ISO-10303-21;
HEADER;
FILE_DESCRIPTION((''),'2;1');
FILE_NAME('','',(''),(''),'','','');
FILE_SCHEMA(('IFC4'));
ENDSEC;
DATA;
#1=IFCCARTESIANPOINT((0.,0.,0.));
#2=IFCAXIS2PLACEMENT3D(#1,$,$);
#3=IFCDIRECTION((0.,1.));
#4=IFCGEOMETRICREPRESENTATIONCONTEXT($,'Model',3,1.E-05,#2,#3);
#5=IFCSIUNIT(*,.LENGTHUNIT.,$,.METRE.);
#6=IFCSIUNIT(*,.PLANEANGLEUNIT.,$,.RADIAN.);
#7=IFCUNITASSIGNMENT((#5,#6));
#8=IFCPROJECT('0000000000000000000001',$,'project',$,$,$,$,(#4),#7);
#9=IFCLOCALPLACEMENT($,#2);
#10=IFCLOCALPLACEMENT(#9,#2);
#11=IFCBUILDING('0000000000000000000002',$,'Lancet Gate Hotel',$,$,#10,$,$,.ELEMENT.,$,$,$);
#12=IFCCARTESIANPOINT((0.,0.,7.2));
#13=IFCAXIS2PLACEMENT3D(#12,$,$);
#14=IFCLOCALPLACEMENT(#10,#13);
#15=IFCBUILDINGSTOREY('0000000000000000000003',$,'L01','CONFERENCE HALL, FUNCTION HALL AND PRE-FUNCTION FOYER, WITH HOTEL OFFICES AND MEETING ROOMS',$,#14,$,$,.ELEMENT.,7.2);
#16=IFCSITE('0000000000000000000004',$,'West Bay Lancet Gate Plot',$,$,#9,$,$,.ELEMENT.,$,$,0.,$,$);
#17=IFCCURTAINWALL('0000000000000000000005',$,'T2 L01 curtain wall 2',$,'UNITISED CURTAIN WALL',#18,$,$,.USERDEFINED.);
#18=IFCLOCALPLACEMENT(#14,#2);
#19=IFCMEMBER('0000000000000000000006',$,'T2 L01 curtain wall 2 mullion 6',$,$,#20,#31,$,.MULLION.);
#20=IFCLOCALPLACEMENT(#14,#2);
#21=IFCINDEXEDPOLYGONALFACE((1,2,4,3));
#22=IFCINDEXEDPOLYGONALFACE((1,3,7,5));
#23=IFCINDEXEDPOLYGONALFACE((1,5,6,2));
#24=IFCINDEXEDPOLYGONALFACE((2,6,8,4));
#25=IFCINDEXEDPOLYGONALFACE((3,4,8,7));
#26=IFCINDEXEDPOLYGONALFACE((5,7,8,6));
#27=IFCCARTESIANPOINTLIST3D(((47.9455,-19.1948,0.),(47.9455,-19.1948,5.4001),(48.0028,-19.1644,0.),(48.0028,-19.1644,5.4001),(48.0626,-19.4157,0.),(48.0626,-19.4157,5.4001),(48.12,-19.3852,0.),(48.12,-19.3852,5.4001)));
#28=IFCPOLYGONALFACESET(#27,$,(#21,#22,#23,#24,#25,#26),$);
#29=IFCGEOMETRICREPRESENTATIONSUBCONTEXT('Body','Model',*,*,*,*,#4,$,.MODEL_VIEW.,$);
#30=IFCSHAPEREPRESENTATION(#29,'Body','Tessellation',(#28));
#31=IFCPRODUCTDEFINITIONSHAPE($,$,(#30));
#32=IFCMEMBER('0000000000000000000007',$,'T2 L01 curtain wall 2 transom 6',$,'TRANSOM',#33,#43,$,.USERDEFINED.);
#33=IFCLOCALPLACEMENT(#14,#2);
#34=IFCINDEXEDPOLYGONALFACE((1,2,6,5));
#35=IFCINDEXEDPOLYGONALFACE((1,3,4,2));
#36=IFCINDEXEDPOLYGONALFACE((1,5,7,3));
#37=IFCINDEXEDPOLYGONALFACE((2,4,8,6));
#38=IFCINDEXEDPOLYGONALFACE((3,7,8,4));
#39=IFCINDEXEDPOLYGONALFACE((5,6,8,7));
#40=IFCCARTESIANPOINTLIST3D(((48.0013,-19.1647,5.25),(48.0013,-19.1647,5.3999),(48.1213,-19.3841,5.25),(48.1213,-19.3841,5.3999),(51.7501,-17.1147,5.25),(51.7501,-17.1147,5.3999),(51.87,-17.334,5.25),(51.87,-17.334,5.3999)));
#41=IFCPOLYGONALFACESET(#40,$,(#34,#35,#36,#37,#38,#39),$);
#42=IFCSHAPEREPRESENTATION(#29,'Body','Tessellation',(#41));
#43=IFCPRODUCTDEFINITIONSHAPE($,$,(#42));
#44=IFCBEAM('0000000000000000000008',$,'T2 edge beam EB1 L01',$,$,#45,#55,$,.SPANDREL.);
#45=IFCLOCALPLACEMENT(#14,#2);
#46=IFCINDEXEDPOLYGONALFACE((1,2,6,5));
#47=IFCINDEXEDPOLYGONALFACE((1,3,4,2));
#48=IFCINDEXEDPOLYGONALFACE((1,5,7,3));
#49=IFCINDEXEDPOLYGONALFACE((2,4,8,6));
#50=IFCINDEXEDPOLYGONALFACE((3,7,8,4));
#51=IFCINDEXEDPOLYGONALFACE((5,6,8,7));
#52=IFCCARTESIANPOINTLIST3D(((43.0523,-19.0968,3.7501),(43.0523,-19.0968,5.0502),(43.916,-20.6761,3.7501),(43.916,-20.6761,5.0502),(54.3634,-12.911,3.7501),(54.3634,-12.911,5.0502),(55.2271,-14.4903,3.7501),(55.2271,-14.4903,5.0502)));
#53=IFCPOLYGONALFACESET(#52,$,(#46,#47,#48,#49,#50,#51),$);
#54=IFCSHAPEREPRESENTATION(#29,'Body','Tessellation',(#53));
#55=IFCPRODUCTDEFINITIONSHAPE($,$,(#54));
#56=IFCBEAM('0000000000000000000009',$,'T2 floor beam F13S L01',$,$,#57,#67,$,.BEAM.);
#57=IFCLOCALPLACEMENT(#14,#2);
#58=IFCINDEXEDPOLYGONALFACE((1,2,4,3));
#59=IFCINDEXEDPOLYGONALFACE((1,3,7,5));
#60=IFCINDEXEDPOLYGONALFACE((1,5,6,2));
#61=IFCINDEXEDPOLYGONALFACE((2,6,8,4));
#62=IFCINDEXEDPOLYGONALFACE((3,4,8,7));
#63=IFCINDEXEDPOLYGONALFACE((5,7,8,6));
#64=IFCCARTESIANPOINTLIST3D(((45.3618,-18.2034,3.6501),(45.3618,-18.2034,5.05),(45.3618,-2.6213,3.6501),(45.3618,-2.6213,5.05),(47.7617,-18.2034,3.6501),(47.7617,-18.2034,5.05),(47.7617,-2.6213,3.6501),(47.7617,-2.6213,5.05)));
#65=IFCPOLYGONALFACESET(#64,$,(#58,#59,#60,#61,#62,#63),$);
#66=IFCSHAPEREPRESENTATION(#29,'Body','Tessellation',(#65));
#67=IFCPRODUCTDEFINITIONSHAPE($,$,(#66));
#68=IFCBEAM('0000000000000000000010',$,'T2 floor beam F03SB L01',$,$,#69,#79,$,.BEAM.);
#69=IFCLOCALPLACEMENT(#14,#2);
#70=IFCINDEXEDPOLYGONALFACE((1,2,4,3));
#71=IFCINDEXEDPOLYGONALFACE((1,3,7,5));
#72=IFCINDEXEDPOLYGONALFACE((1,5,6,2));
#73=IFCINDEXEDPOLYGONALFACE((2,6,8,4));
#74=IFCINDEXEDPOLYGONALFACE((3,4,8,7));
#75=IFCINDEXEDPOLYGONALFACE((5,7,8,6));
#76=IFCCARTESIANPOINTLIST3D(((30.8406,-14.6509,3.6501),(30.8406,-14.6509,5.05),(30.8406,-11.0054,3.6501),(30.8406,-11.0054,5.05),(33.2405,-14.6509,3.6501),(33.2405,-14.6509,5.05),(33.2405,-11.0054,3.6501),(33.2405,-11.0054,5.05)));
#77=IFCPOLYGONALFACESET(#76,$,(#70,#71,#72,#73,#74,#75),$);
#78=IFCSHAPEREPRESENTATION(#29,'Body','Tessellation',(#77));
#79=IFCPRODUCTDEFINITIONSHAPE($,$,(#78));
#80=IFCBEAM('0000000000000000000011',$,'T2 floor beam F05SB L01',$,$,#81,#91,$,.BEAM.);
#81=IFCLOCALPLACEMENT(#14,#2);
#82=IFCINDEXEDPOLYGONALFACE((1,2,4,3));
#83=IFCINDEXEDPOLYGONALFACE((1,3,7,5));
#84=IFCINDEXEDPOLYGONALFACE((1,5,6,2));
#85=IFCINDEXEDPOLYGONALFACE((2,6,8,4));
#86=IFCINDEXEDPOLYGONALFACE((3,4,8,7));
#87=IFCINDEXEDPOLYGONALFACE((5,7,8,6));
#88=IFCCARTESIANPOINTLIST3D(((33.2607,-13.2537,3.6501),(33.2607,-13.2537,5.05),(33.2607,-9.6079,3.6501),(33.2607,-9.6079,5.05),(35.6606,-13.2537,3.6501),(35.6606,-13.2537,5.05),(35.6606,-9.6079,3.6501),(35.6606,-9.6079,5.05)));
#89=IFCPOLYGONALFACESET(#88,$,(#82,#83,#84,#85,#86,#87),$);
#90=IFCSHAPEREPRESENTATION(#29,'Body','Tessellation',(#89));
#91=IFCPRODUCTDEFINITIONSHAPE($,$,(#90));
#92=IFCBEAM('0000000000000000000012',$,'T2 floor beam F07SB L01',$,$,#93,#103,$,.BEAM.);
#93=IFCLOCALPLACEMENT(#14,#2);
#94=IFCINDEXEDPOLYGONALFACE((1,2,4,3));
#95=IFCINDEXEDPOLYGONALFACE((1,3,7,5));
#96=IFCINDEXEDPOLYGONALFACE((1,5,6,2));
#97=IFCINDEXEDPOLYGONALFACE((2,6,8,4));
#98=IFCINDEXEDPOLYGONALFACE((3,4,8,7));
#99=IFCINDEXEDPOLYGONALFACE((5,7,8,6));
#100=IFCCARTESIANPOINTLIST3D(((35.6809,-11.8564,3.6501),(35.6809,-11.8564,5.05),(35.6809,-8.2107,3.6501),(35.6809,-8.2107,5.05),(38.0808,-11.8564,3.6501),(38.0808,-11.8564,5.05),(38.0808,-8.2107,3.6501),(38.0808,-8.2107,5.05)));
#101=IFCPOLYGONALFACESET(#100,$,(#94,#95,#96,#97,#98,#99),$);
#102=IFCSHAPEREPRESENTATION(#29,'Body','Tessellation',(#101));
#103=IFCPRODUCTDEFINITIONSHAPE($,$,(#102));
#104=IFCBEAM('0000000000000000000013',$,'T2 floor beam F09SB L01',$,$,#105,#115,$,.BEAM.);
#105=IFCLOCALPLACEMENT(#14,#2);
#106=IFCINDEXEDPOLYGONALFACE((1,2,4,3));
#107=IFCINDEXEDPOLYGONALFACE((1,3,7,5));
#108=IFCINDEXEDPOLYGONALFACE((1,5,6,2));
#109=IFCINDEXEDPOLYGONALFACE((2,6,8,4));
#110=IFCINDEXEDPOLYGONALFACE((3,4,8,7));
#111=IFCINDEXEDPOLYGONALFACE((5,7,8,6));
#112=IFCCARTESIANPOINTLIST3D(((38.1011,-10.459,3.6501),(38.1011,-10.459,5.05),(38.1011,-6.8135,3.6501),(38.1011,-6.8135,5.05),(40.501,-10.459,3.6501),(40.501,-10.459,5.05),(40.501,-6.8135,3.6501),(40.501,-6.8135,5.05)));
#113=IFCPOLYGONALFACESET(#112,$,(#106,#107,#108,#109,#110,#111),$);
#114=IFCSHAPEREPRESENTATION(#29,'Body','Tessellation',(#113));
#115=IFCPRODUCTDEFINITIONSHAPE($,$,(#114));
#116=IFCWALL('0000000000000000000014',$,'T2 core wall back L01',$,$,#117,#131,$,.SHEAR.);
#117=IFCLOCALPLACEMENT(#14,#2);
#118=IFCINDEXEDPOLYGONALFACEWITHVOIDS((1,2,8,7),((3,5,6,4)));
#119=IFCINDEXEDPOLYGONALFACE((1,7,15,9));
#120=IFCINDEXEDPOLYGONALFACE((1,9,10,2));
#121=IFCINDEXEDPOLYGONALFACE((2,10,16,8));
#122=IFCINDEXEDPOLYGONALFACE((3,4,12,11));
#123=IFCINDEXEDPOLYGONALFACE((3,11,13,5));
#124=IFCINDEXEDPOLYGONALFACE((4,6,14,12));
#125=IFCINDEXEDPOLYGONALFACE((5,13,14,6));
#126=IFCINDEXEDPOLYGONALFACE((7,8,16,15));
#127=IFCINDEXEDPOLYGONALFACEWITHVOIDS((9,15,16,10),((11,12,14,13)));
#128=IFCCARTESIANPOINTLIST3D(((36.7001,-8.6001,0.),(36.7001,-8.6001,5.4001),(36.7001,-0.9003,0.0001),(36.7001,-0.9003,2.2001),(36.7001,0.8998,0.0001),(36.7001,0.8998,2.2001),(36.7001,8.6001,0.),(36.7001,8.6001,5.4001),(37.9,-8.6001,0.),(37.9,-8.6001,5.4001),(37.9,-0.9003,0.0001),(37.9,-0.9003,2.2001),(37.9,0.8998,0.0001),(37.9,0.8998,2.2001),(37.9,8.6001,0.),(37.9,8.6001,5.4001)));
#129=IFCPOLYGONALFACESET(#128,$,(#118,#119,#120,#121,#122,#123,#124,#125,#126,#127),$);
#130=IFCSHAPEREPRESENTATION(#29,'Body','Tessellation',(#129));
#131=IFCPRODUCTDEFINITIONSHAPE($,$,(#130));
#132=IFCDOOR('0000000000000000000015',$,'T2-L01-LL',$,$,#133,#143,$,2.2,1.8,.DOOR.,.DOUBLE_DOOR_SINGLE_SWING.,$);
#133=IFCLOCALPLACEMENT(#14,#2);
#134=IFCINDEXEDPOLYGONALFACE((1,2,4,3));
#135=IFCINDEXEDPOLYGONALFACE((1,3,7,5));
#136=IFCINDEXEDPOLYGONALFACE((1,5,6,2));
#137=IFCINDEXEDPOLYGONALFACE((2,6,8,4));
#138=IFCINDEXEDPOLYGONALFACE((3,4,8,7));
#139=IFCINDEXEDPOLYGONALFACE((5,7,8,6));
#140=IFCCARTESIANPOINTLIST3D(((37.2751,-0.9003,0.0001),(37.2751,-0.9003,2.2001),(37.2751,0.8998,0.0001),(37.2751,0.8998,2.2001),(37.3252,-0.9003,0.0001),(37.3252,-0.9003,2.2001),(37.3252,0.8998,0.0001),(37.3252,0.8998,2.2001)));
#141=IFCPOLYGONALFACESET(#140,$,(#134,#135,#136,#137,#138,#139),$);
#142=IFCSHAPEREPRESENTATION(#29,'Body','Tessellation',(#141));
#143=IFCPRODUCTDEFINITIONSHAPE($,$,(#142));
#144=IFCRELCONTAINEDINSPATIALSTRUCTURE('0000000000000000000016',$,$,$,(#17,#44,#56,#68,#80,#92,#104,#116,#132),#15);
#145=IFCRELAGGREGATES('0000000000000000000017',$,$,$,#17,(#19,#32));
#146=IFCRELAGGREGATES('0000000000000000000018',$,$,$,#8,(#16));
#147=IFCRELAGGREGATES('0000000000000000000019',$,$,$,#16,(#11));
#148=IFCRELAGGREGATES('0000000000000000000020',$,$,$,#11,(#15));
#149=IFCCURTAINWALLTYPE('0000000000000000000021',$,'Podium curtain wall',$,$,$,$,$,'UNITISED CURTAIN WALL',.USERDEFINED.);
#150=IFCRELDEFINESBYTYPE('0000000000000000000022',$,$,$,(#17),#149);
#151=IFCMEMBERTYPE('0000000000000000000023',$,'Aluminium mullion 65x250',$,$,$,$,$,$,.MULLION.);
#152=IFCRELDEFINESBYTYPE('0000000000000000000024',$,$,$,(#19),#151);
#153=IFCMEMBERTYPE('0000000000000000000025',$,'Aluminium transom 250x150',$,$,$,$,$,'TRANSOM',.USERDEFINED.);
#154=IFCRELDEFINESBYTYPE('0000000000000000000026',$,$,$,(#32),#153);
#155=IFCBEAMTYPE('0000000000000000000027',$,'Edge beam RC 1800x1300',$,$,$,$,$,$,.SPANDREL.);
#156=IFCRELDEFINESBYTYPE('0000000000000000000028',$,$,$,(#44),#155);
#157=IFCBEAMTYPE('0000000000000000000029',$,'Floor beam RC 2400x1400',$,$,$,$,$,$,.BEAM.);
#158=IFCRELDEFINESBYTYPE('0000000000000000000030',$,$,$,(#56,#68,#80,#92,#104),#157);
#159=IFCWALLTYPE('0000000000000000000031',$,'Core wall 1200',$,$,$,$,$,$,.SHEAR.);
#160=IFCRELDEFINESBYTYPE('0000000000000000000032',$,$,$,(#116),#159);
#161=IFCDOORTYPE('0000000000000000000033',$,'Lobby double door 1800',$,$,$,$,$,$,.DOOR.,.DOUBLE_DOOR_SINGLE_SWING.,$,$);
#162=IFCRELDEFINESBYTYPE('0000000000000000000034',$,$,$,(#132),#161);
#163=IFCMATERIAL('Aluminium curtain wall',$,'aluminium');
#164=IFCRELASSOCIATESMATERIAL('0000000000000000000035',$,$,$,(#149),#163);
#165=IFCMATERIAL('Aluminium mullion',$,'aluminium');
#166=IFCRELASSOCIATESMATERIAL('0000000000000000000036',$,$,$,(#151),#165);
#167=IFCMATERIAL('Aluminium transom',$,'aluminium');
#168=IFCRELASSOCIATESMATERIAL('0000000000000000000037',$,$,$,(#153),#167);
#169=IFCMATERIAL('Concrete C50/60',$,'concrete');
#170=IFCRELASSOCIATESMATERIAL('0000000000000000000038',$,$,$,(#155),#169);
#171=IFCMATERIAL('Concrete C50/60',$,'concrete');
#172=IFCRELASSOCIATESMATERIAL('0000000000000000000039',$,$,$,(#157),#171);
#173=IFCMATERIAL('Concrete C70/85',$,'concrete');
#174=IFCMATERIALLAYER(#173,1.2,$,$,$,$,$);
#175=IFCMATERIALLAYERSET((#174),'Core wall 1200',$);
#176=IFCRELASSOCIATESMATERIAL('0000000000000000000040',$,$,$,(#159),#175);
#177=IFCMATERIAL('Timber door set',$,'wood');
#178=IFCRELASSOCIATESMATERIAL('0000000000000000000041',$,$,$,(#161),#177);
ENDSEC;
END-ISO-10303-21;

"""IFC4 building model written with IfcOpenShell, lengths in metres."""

from ifc_helpers import new_model, si_unit, direction, frame, frame_2d, origin, origin_2d, place, context, subcontext, project, spatial, rectangle, extrude, material, layer, layer_set, material_profile, profile_set, type_object, element, fill, aggregate, save


model = new_model("IFC4")

# Units and contexts
model_context = context("Model", 3, precision=1e-05, world=origin(), true_north=direction((0.0, 1.0)))
body_context = subcontext(model_context, "Body", "Model", "MODEL_VIEW")
ifc_project = project(units=[si_unit("LENGTHUNIT", "METRE"), si_unit("PLANEANGLEUNIT", "RADIAN")], contexts=[model_context])

# Site, building, storey
site_placement = place(None, origin())
site = spatial("IfcSite", under=ifc_project, at=site_placement, Name="West Bay Lancet Gate Plot", CompositionType="ELEMENT", RefElevation=0.0)
building_placement = place(site_placement, origin())
building = spatial("IfcBuilding", under=site, at=building_placement, Name="Lancet Gate Hotel", CompositionType="ELEMENT")
storey_placement = place(building_placement, frame((0.0, 0.0, 7.2)))
storey = spatial("IfcBuildingStorey", under=building, at=storey_placement, Name="L01", Description="CONFERENCE HALL, FUNCTION HALL AND PRE-FUNCTION FOYER, WITH HOTEL OFFICES AND MEETING ROOMS", CompositionType="ELEMENT", Elevation=7.2)

# Curtain wall, members
ifc_material_1 = material(Name="Aluminium curtain wall", Category="aluminium")
curtain_wall_type = type_object("IfcCurtainWallType", Name="Podium curtain wall", ElementType="UNITISED CURTAIN WALL", PredefinedType="USERDEFINED", material=ifc_material_1)
curtain_wall_placement = place(storey_placement, origin())
curtain_wall = element("IfcCurtainWall", 1, at=curtain_wall_placement, inside=storey, type_object=curtain_wall_type, Name="T2 L01 curtain wall 2", ObjectType="UNITISED CURTAIN WALL", PredefinedType="USERDEFINED")
ifc_material_2 = material(Name="Aluminium mullion", Category="aluminium")
ifc_material_profile_1 = material_profile(ifc_material_2, rectangle(XDim=0.0649, YDim=0.25, at=origin_2d()), Name="MULLION 65x250")
ifc_profile_set_1 = profile_set([ifc_material_profile_1], Name="Aluminium mullion")
member_type_1 = type_object("IfcMemberType", Name="Aluminium mullion 65x250", PredefinedType="MULLION", material=ifc_profile_set_1)
member_1_placement = place(storey_placement, frame((48.0327, -19.29, 0.0), z_axis=(0.0, 0.0, 1.0), x_axis=(0.883403, 0.468613, 0.0)))
member_1 = element("IfcMember", 2, at=member_1_placement, type_object=member_type_1, Name="T2 L01 curtain wall 2 mullion 6", PredefinedType="MULLION", context=body_context, shape_type="SweptSolid", body=[
    extrude(rectangle(XDim=0.0649, YDim=0.25, at=origin_2d()), origin(), (0.0, 0.0, 1.0), 5.4001),
])
ifc_material_3 = material(Name="Aluminium transom", Category="aluminium")
ifc_material_profile_2 = material_profile(ifc_material_3, rectangle(XDim=0.25, YDim=0.1499, at=origin_2d()), Name="TRANSOM 250x150")
ifc_profile_set_2 = profile_set([ifc_material_profile_2], Name="Aluminium transom")
member_type_2 = type_object("IfcMemberType", Name="Aluminium transom 250x150", ElementType="TRANSOM", PredefinedType="USERDEFINED", material=ifc_profile_set_2)
member_2_placement = place(storey_placement, frame((48.0613, -19.2744, 5.325), z_axis=(0.877378, 0.479801, 0.0), x_axis=(-0.479801, 0.877378, 0.0)))
member_2 = element("IfcMember", 3, at=member_2_placement, type_object=member_type_2, Name="T2 L01 curtain wall 2 transom 6", ObjectType="TRANSOM", PredefinedType="USERDEFINED", context=body_context, shape_type="SweptSolid", body=[
    extrude(rectangle(XDim=0.25, YDim=0.1499, at=origin_2d()), origin(), (0.0, 0.0, 1.0), 4.2727),
])
aggregate(curtain_wall, [member_1, member_2])

# Beams
ifc_material_4 = material(Name="Concrete C50/60", Category="concrete")
ifc_material_profile_3 = material_profile(ifc_material_4, rectangle(XDim=1.8, YDim=1.3, at=origin_2d()), Name="RC 1800x1300")
ifc_profile_set_3 = profile_set([ifc_material_profile_3], Name="Concrete C50/60")
beam_type_1 = type_object("IfcBeamType", Name="Edge beam RC 1800x1300", PredefinedType="SPANDREL", material=ifc_profile_set_3)
beam_1_placement = place(storey_placement, frame((43.4841, -19.8865, 4.4001), z_axis=(0.877369, 0.479816, 0.0), x_axis=(-0.479816, 0.877369, 0.0)))
element("IfcBeam", 4, at=beam_1_placement, inside=storey, type_object=beam_type_1, Name="T2 edge beam EB1 L01", PredefinedType="SPANDREL", context=body_context, shape_type="SweptSolid", body=[
    extrude(rectangle(XDim=1.8, YDim=1.3, at=origin_2d()), origin(), (0.0, 0.0, 1.0), 12.8921),
])
ifc_material_5 = material(Name="Concrete C50/60", Category="concrete")
ifc_material_profile_4 = material_profile(ifc_material_5, rectangle(XDim=2.3999, YDim=1.3999, at=origin_2d()), Name="RC 2400x1400")
ifc_profile_set_4 = profile_set([ifc_material_profile_4], Name="Concrete C50/60")
beam_type_2 = type_object("IfcBeamType", Name="Floor beam RC 2400x1400", PredefinedType="BEAM", material=ifc_profile_set_4)
beam_2_placement = place(storey_placement, frame((46.5618, -18.2034, 4.3501), z_axis=(0.0, 1.0, 0.0), x_axis=(-1.0, 0.0, 0.0)))
element("IfcBeam", 5, at=beam_2_placement, inside=storey, type_object=beam_type_2, Name="T2 floor beam F13S L01", PredefinedType="BEAM", context=body_context, shape_type="SweptSolid", body=[
    extrude(rectangle(XDim=2.3999, YDim=1.3999, at=origin_2d()), origin(), (0.0, 0.0, 1.0), 15.582),
])
beam_3_placement = place(storey_placement, frame((32.0405, -14.6509, 4.3501), z_axis=(0.0, 1.0, 0.0), x_axis=(-1.0, 0.0, 0.0)))
element("IfcBeam", 6, at=beam_3_placement, inside=storey, type_object=beam_type_2, Name="T2 floor beam F03SB L01", PredefinedType="BEAM", context=body_context, shape_type="SweptSolid", body=[
    extrude(rectangle(XDim=2.3999, YDim=1.3999, at=origin_2d()), origin(), (0.0, 0.0, 1.0), 3.6455),
])
for number, where, z_axis, x_axis, name in (
    (7, (34.4607, -13.2537, 4.3501), (0.0, 1.0, 0.0), (-1.0, 0.0, 0.0), "T2 floor beam F05SB L01"),
    (8, (36.8809, -11.8564, 4.3501), (0.0, 1.0, 0.0), (-1.0, 0.0, 0.0), "T2 floor beam F07SB L01"),
):
    element("IfcBeam", number, at=place(storey_placement, frame(where, z_axis=z_axis, x_axis=x_axis)), inside=storey, type_object=beam_type_2, Name=name, PredefinedType="BEAM", context=body_context, shape_type="SweptSolid", body=[
        extrude(rectangle(XDim=2.3999, YDim=1.3999, at=origin_2d()), origin(), (0.0, 0.0, 1.0), 3.6458),
    ])
beam_4_placement = place(storey_placement, frame((39.301, -10.459, 4.3501), z_axis=(0.0, 1.0, 0.0), x_axis=(-1.0, 0.0, 0.0)))
element("IfcBeam", 9, at=beam_4_placement, inside=storey, type_object=beam_type_2, Name="T2 floor beam F09SB L01", PredefinedType="BEAM", context=body_context, shape_type="SweptSolid", body=[
    extrude(rectangle(XDim=2.3999, YDim=1.3999, at=origin_2d()), origin(), (0.0, 0.0, 1.0), 3.6455),
])

# Wall, opening, door
ifc_material_6 = material(Name="Concrete C70/85", Category="concrete")
ifc_layer_1 = layer(ifc_material_6, 1.2)
ifc_layer_set_1 = layer_set([ifc_layer_1], Name="Core wall 1200")
wall_type_1 = type_object("IfcWallType", Name="Core wall 1200", PredefinedType="SHEAR", material=ifc_layer_set_1)
wall_1_placement = place(storey_placement, frame((37.3, -8.6001, 0.0), z_axis=(0.0, 0.0, 1.0), x_axis=(0.0, 1.0, 0.0)))
wall_1 = element("IfcWall", 10, at=wall_1_placement, inside=storey, type_object=wall_type_1, Name="T2 core wall back L01", PredefinedType="SHEAR", context=body_context, shape_type="SweptSolid", body=[
    extrude(rectangle(XDim=17.2002, YDim=1.2, at=frame_2d((8.6001, 0.0))), origin(), (0.0, 0.0, 1.0), 5.4001),
])
opening_1_placement = place(wall_1_placement, frame((7.7, 0.0, 0.0)))
opening_1 = element("IfcOpeningElement", 11, at=opening_1_placement, cuts=wall_1, PredefinedType="OPENING", context=body_context, shape_type="SweptSolid", body=[
    extrude(rectangle(XDim=1.8, YDim=2.2, at=frame_2d((0.8999, 1.1001))), frame((0.0, 0.6099, 0.0), z_axis=(0.0, -1.0, 0.0), x_axis=(1.0, 0.0, 0.0)), (0.0, 0.0, 1.0), 1.22),
])
ifc_material_7 = material(Name="Timber door set", Category="wood")
door_type_1 = type_object("IfcDoorType", Name="Lobby double door 1800", OperationType="DOUBLE_DOOR_SINGLE_SWING", PredefinedType="DOOR", material=ifc_material_7)
door_1_placement = place(opening_1_placement, origin())
door_1 = element("IfcDoor", 12, at=door_1_placement, inside=storey, type_object=door_type_1, Name="T2-L01-LL", OperationType="DOUBLE_DOOR_SINGLE_SWING", OverallHeight=2.2, OverallWidth=1.8, PredefinedType="DOOR", context=body_context, shape_type="SweptSolid", body=[
    extrude(rectangle(XDim=1.8, YDim=2.2, at=frame_2d((0.8999, 1.1001))), frame((0.0, 0.0249, 0.0), z_axis=(0.0, -1.0, 0.0), x_axis=(1.0, 0.0, 0.0)), (0.0, 0.0, 1.0), 0.05),
])
fill(opening_1, door_1)

save(model, "model.ifc")
